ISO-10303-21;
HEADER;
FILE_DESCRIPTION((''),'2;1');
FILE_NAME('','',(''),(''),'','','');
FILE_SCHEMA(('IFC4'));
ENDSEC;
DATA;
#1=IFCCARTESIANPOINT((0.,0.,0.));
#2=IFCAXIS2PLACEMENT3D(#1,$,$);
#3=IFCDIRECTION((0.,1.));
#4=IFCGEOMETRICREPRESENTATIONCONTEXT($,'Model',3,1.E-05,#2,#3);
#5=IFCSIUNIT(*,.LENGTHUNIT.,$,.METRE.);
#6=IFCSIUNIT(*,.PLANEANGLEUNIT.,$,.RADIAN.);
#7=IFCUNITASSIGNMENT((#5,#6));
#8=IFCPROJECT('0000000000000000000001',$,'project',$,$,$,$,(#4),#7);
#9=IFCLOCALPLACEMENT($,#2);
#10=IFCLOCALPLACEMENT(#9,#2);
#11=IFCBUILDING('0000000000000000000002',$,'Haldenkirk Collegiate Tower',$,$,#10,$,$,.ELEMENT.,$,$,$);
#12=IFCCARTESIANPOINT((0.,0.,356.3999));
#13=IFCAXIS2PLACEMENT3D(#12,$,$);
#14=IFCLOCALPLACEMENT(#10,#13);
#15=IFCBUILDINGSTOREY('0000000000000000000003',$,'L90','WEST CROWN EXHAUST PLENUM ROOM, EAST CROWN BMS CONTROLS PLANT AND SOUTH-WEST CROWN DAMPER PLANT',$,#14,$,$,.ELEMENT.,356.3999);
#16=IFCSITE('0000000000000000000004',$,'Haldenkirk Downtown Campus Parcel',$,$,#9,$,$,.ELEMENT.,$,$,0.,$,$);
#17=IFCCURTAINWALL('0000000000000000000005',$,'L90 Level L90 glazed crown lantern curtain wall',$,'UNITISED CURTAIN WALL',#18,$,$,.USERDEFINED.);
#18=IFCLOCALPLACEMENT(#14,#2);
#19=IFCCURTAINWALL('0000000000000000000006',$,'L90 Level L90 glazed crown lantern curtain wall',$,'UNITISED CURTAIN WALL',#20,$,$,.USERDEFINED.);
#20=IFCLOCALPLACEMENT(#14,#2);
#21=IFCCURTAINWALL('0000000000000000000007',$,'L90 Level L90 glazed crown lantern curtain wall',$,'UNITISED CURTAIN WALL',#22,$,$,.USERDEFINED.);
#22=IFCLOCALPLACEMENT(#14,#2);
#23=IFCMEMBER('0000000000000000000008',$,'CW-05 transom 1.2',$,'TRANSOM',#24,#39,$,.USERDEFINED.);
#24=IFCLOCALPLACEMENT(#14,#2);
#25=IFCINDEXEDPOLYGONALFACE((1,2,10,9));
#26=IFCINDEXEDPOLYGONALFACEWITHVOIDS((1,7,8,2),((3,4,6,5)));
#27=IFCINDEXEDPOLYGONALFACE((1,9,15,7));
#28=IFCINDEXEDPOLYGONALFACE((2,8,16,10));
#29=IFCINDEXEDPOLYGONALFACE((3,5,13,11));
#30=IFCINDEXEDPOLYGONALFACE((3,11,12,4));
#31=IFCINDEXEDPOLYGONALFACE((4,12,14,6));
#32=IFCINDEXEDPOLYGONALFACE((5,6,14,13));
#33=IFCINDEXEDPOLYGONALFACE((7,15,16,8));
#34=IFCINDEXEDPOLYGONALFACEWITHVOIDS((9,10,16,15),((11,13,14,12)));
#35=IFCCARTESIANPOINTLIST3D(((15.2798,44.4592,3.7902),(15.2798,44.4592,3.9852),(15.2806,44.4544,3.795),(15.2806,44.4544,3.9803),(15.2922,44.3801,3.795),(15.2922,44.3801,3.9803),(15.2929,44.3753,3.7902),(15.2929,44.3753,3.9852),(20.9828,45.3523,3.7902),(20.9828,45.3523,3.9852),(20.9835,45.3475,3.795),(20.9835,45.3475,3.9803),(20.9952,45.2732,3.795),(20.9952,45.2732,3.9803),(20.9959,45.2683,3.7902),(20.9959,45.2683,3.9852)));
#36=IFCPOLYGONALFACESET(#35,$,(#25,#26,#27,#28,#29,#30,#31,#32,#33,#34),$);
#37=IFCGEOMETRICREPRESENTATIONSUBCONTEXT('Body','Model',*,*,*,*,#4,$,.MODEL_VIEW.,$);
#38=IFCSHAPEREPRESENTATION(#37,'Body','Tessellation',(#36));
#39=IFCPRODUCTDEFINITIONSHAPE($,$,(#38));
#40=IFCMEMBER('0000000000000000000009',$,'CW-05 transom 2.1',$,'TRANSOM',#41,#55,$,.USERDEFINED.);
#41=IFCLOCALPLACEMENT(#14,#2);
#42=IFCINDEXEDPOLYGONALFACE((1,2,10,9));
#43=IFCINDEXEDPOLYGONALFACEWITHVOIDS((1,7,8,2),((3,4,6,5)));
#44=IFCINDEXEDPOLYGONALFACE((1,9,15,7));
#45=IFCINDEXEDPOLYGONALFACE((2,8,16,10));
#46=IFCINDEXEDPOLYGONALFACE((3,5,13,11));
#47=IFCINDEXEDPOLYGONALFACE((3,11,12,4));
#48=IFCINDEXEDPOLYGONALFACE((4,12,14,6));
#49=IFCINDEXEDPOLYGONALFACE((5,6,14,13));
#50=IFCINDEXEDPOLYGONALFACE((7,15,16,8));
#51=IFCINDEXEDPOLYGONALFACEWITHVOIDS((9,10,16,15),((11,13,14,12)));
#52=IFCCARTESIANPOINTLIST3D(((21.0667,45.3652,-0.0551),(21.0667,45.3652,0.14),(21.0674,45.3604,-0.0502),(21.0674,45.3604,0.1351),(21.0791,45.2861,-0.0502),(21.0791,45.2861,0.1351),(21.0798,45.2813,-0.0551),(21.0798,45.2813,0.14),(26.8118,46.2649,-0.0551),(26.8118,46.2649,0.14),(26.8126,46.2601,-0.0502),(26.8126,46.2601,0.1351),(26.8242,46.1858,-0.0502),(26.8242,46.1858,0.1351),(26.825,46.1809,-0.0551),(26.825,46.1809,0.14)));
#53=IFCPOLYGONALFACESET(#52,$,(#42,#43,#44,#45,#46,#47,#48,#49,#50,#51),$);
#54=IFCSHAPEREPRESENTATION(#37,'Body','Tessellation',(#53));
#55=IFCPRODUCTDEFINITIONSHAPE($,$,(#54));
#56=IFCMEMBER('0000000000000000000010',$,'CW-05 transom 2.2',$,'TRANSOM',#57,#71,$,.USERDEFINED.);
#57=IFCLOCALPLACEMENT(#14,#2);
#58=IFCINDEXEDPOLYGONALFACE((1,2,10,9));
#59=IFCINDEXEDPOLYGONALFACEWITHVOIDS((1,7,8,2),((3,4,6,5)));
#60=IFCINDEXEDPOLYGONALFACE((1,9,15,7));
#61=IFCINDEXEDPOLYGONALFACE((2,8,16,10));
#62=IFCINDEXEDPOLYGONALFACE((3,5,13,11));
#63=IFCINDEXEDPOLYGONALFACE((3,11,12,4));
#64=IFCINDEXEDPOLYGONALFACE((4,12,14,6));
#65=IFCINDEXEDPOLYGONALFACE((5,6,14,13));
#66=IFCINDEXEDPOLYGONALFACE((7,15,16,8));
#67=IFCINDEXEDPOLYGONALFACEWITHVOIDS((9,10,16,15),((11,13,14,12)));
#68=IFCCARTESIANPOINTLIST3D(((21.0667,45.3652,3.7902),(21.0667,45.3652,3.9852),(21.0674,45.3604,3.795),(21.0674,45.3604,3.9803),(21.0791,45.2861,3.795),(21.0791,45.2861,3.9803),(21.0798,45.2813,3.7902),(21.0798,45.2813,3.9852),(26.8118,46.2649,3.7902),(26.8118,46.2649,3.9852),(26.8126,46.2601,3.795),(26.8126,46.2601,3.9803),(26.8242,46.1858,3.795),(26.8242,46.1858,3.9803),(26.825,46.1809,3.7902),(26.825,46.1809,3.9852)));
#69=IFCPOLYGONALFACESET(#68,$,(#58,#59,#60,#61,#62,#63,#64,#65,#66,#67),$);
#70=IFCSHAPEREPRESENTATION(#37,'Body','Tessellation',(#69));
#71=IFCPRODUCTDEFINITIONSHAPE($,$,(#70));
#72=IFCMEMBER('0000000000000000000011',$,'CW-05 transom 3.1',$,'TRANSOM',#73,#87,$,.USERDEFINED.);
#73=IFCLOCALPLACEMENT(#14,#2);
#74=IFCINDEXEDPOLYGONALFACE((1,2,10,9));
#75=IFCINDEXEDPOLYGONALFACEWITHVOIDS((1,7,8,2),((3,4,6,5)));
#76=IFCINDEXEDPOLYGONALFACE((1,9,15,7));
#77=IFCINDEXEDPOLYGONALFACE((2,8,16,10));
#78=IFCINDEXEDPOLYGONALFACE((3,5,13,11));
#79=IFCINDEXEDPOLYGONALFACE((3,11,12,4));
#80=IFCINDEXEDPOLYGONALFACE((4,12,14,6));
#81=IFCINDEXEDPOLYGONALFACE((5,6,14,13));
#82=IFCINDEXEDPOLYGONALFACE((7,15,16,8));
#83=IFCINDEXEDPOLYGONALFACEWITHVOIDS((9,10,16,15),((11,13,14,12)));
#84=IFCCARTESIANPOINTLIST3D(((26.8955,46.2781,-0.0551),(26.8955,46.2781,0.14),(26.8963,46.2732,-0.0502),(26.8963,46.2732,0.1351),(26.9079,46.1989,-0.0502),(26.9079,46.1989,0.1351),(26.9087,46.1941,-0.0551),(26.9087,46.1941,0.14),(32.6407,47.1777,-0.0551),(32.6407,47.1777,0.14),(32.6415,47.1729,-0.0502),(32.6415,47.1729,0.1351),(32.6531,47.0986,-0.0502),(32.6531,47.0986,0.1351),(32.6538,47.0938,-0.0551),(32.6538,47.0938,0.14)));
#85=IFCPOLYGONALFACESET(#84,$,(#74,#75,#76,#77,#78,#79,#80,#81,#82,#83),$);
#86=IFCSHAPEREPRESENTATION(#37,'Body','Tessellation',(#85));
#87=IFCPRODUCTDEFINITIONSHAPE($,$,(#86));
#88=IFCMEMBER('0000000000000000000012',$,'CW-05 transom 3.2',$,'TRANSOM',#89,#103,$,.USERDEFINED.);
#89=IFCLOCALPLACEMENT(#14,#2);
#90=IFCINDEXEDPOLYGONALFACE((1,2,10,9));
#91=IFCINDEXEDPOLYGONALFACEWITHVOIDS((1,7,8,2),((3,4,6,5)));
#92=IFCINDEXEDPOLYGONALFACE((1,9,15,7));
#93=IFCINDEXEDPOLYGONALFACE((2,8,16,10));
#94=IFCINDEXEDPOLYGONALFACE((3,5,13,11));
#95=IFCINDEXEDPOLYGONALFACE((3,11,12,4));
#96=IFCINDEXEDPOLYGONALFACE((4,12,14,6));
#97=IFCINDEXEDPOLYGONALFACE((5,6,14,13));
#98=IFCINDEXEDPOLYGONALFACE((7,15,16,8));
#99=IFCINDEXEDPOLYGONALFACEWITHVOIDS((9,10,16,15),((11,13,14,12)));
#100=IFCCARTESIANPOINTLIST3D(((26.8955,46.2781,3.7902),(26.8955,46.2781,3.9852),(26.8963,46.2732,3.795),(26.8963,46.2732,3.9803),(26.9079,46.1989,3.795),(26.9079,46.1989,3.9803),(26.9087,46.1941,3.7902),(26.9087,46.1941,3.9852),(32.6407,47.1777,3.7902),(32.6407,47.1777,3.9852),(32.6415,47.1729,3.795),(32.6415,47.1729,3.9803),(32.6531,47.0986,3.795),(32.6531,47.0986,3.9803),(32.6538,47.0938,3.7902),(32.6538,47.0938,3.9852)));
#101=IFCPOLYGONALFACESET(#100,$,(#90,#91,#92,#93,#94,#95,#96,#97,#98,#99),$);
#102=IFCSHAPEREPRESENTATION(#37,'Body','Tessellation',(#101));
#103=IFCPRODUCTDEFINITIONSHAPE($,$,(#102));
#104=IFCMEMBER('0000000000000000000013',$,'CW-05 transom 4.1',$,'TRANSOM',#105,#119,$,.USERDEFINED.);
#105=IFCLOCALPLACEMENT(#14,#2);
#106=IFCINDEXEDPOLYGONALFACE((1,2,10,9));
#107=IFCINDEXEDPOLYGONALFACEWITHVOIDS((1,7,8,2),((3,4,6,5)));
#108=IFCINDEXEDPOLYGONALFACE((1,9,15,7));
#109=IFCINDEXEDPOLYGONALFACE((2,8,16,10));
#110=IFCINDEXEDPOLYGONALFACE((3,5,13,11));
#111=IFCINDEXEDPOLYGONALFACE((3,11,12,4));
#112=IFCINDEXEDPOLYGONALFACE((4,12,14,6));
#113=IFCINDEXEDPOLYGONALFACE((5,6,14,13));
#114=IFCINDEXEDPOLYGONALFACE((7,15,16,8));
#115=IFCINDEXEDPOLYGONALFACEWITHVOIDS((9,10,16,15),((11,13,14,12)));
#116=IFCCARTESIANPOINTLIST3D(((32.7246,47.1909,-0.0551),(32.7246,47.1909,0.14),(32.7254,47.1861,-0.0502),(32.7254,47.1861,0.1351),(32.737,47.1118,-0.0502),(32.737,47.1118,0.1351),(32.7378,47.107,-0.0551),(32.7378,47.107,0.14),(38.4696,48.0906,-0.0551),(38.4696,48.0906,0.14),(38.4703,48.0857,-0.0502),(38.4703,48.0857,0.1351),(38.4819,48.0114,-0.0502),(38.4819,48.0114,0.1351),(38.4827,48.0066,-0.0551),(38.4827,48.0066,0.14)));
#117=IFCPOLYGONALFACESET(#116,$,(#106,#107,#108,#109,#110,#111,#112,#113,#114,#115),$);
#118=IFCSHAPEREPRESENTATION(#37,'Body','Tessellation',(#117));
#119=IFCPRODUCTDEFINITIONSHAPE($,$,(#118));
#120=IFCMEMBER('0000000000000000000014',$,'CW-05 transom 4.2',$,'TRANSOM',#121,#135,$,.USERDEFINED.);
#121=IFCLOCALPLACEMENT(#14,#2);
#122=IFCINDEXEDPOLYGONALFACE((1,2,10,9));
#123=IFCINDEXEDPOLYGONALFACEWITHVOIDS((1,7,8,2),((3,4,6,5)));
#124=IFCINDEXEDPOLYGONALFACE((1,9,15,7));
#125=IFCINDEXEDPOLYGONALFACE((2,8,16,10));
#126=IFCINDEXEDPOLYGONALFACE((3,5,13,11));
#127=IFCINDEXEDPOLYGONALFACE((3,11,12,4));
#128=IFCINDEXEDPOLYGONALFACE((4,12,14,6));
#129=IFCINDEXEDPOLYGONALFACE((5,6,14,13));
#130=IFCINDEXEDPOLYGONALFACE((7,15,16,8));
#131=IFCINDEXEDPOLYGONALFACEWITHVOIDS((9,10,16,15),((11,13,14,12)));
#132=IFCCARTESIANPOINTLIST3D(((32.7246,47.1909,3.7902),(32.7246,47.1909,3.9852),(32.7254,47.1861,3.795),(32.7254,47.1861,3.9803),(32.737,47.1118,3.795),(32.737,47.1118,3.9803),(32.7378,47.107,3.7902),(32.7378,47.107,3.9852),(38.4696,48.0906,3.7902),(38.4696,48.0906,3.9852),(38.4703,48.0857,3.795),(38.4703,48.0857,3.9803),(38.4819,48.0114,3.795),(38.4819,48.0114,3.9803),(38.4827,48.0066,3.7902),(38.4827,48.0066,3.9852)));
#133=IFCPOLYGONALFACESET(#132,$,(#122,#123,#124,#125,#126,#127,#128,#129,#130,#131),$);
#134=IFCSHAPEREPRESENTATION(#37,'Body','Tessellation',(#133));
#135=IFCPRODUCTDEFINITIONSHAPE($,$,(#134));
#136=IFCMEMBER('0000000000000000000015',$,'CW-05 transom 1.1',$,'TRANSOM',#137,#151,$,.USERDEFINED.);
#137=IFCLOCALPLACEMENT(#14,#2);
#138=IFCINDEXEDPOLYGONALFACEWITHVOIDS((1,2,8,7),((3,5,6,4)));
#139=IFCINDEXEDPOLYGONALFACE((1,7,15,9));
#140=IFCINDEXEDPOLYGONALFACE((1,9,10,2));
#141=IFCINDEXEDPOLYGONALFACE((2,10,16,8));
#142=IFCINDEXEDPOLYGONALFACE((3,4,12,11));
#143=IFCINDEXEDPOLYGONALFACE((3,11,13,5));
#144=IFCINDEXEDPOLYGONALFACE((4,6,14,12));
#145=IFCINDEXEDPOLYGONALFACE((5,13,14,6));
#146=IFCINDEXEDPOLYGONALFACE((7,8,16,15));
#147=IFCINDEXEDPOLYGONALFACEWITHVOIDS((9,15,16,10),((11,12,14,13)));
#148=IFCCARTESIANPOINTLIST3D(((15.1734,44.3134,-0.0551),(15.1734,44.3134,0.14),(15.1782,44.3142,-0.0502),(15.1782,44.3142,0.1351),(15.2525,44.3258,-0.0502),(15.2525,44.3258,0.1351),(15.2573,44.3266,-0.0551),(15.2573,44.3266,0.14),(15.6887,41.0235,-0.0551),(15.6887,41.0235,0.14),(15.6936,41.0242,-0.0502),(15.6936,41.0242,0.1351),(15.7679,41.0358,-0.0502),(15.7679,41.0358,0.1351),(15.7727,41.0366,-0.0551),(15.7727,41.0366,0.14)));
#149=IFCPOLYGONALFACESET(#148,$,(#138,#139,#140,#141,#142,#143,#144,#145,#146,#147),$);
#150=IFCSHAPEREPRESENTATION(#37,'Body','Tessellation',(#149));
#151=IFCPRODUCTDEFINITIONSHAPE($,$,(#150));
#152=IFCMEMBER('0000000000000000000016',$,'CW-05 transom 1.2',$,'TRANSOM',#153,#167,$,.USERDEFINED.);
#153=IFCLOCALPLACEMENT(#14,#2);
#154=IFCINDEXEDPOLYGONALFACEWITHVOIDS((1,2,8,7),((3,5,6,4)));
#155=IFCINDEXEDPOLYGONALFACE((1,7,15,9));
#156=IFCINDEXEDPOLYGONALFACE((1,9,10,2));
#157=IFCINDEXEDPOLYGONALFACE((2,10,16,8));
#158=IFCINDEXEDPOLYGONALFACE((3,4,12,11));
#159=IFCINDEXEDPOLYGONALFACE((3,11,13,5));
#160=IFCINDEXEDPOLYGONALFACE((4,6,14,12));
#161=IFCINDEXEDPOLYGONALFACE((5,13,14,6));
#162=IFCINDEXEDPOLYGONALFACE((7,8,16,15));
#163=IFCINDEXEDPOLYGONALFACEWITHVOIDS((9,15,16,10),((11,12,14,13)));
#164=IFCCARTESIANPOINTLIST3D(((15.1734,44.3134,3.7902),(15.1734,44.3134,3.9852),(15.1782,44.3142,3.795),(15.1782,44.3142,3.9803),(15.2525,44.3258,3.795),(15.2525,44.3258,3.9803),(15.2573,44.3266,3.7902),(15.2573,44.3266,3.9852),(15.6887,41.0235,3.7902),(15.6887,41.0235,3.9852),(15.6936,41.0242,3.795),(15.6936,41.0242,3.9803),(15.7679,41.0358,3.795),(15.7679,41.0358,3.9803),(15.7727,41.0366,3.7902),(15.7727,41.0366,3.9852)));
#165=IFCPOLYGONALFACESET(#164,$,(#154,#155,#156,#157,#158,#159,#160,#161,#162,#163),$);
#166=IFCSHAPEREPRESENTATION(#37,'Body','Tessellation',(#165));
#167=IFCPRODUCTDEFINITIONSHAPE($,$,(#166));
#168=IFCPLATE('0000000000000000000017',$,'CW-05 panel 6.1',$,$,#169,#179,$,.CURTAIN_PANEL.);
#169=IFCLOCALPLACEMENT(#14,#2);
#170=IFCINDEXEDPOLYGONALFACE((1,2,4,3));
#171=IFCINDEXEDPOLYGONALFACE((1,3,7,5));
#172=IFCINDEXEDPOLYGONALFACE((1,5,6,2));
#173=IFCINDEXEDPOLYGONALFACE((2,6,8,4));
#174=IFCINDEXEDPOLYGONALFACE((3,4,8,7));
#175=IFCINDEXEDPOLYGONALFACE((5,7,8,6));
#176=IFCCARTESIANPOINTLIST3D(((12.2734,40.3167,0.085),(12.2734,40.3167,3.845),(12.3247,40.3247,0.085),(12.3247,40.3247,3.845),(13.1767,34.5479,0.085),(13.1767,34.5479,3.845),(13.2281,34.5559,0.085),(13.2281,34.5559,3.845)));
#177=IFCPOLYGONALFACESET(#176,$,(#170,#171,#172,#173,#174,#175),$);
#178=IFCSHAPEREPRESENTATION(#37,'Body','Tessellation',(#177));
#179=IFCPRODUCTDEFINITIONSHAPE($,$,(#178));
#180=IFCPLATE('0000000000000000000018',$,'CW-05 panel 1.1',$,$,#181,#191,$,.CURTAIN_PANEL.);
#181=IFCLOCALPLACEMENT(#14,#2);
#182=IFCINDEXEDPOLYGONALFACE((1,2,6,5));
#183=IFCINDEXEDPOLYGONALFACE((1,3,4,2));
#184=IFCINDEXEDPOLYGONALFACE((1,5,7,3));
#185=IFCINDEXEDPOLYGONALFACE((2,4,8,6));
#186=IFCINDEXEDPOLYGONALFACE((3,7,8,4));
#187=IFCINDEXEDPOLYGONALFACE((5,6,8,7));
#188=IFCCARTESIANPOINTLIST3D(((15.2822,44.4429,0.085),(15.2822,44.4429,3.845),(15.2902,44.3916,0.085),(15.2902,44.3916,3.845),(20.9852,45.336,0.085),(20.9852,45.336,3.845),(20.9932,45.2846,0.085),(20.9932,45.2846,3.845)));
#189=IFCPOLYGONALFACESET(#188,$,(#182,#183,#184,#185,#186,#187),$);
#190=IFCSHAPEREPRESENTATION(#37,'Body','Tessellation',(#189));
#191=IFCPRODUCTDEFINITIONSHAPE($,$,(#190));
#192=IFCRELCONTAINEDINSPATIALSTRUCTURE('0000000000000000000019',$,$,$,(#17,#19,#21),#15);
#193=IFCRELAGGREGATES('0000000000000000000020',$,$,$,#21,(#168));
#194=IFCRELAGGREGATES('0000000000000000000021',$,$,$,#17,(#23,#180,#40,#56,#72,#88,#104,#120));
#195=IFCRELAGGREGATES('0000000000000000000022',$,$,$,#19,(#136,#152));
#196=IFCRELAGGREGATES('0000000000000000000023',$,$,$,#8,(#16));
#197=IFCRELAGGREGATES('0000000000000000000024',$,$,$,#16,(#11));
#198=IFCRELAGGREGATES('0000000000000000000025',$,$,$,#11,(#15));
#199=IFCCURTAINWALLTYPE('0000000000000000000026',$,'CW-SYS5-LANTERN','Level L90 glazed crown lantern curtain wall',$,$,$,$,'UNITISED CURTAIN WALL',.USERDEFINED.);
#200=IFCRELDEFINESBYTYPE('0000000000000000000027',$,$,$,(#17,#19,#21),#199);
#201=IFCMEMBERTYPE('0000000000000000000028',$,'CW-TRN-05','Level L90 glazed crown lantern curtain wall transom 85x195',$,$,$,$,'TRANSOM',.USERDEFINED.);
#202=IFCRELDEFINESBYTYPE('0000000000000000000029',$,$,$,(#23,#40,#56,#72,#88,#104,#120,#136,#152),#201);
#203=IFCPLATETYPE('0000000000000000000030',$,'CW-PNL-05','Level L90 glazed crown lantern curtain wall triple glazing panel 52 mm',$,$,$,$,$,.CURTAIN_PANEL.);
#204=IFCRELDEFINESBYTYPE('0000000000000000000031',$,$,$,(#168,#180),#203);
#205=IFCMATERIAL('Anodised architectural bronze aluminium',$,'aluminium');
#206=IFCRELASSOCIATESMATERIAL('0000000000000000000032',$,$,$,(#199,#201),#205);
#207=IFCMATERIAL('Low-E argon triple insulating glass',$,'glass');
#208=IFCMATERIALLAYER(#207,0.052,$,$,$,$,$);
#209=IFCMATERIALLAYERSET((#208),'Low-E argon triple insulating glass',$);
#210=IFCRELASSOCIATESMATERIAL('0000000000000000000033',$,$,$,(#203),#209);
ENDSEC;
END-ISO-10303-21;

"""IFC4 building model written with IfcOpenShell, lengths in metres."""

from ifc_helpers import new_model, si_unit, direction, frame, origin, origin_2d, place, context, subcontext, project, spatial, rectangle, hollow_rectangle, extrude, source, transform, mapped, material, layer, layer_set, material_profile, profile_set, type_object, element, aggregate, save


model = new_model("IFC4")

# Units and contexts
model_context = context("Model", 3, precision=1e-05, world=origin(), true_north=direction((0.0, 1.0)))
body_context = subcontext(model_context, "Body", "Model", "MODEL_VIEW")
ifc_project = project(units=[si_unit("LENGTHUNIT", "METRE"), si_unit("PLANEANGLEUNIT", "RADIAN")], contexts=[model_context])

# Site, building, storey
site_placement = place(None, origin())
site = spatial("IfcSite", under=ifc_project, at=site_placement, Name="Haldenkirk Downtown Campus Parcel", CompositionType="ELEMENT", RefElevation=0.0)
building_placement = place(site_placement, origin())
building = spatial("IfcBuilding", under=site, at=building_placement, Name="Haldenkirk Collegiate Tower", CompositionType="ELEMENT")
storey_placement = place(building_placement, frame((0.0, 0.0, 356.3999)))
storey = spatial("IfcBuildingStorey", under=building, at=storey_placement, Name="L90", Description="WEST CROWN EXHAUST PLENUM ROOM, EAST CROWN BMS CONTROLS PLANT AND SOUTH-WEST CROWN DAMPER PLANT", CompositionType="ELEMENT", Elevation=356.3999)

# Curtain walls
ifc_material_1 = material(Name="Anodised architectural bronze aluminium", Category="aluminium")
curtain_wall_type = type_object("IfcCurtainWallType", Name="CW-SYS5-LANTERN", Description="Level L90 glazed crown lantern curtain wall", ElementType="UNITISED CURTAIN WALL", PredefinedType="USERDEFINED", material=ifc_material_1)
curtain_wall_1_placement = place(storey_placement, origin())
curtain_wall_1 = element("IfcCurtainWall", 1, at=curtain_wall_1_placement, inside=storey, type_object=curtain_wall_type, Name="L90 Level L90 glazed crown lantern curtain wall", ObjectType="UNITISED CURTAIN WALL", PredefinedType="USERDEFINED")
curtain_wall_2_placement = place(storey_placement, origin())
curtain_wall_2 = element("IfcCurtainWall", 2, at=curtain_wall_2_placement, inside=storey, type_object=curtain_wall_type, Name="L90 Level L90 glazed crown lantern curtain wall", ObjectType="UNITISED CURTAIN WALL", PredefinedType="USERDEFINED")

# Curtain wall
curtain_wall_3_placement = place(storey_placement, origin())
curtain_wall_3 = element("IfcCurtainWall", 3, at=curtain_wall_3_placement, inside=storey, type_object=curtain_wall_type, Name="L90 Level L90 glazed crown lantern curtain wall", ObjectType="UNITISED CURTAIN WALL", PredefinedType="USERDEFINED")

# Members
ifc_material_profile_1 = material_profile(ifc_material_1, hollow_rectangle(XDim=0.085, YDim=0.1951, WallThickness=0.0049, at=origin_2d()), Name="CW-TRN-05")
ifc_profile_set_1 = profile_set([ifc_material_profile_1], Name="Anodised architectural bronze aluminium")
member_type_1 = type_object("IfcMemberType", Name="CW-TRN-05", Description="Level L90 glazed crown lantern curtain wall transom 85x195", ElementType="TRANSOM", PredefinedType="USERDEFINED", material=ifc_profile_set_1)
member_1_placement = place(storey_placement, frame((15.2864, 44.4172, 3.8877), z_axis=(0.987959, 0.154714, 0.0), x_axis=(-0.154714, 0.987959, 0.0)))
member_1 = element("IfcMember", 4, at=member_1_placement, type_object=member_type_1, Name="CW-05 transom 1.2", ObjectType="TRANSOM", PredefinedType="USERDEFINED", context=body_context, shape_type="SweptSolid", body=[
    extrude(hollow_rectangle(XDim=0.085, YDim=0.1951, WallThickness=0.0049, at=origin_2d()), origin(), (0.0, 0.0, 1.0), 5.7725),
])
member_2_placement = place(storey_placement, frame((21.0732, 45.3232, 0.0425), z_axis=(0.98796, 0.15471, 0.0), x_axis=(-0.15471, 0.98796, 0.0)))
member_2 = element("IfcMember", 5, at=member_2_placement, type_object=member_type_1, Name="CW-05 transom 2.1", ObjectType="TRANSOM", PredefinedType="USERDEFINED", context=body_context, shape_type="SweptSolid", body=[
    extrude(hollow_rectangle(XDim=0.085, YDim=0.1951, WallThickness=0.0049, at=origin_2d()), origin(), (0.0, 0.0, 1.0), 5.8152),
])
member_3_placement = place(storey_placement, frame((21.0732, 45.3232, 3.8877), z_axis=(0.98796, 0.15471, 0.0), x_axis=(-0.15471, 0.98796, 0.0)))
member_3 = element("IfcMember", 6, at=member_3_placement, type_object=member_type_1, Name="CW-05 transom 2.2", ObjectType="TRANSOM", PredefinedType="USERDEFINED", context=body_context, shape_type="SweptSolid", body=[
    extrude(hollow_rectangle(XDim=0.085, YDim=0.1951, WallThickness=0.0049, at=origin_2d()), origin(), (0.0, 0.0, 1.0), 5.8152),
])
member_4_placement = place(storey_placement, frame((26.9021, 46.2361, 0.0425), z_axis=(0.98796, 0.15471, 0.0), x_axis=(-0.15471, 0.98796, 0.0)))
member_4 = element("IfcMember", 7, at=member_4_placement, type_object=member_type_1, Name="CW-05 transom 3.1", ObjectType="TRANSOM", PredefinedType="USERDEFINED", context=body_context, shape_type="SweptSolid", body=[
    extrude(hollow_rectangle(XDim=0.085, YDim=0.1951, WallThickness=0.0049, at=origin_2d()), origin(), (0.0, 0.0, 1.0), 5.8152),
])
member_5_placement = place(storey_placement, frame((26.9021, 46.2361, 3.8877), z_axis=(0.98796, 0.15471, 0.0), x_axis=(-0.15471, 0.98796, 0.0)))
member_5 = element("IfcMember", 8, at=member_5_placement, type_object=member_type_1, Name="CW-05 transom 3.2", ObjectType="TRANSOM", PredefinedType="USERDEFINED", context=body_context, shape_type="SweptSolid", body=[
    extrude(hollow_rectangle(XDim=0.085, YDim=0.1951, WallThickness=0.0049, at=origin_2d()), origin(), (0.0, 0.0, 1.0), 5.8152),
])
member_6_placement = place(storey_placement, frame((32.7312, 47.1489, 0.0425), z_axis=(0.987959, 0.154716, 0.0), x_axis=(-0.154716, 0.987959, 0.0)))
member_6 = element("IfcMember", 9, at=member_6_placement, type_object=member_type_1, Name="CW-05 transom 4.1", ObjectType="TRANSOM", PredefinedType="USERDEFINED", context=body_context, shape_type="SweptSolid", body=[
    extrude(hollow_rectangle(XDim=0.085, YDim=0.1951, WallThickness=0.0049, at=origin_2d()), origin(), (0.0, 0.0, 1.0), 5.8149),
])
member_7_placement = place(storey_placement, frame((32.7312, 47.1489, 3.8877), z_axis=(0.987959, 0.154716, 0.0), x_axis=(-0.154716, 0.987959, 0.0)))
member_7 = element("IfcMember", 10, at=member_7_placement, type_object=member_type_1, Name="CW-05 transom 4.2", ObjectType="TRANSOM", PredefinedType="USERDEFINED", context=body_context, shape_type="SweptSolid", body=[
    extrude(hollow_rectangle(XDim=0.085, YDim=0.1951, WallThickness=0.0049, at=origin_2d()), origin(), (0.0, 0.0, 1.0), 5.8149),
])
member_8_placement = place(storey_placement, frame((15.7307, 41.03, 0.0425), z_axis=(-0.154762, 0.987952, 0.0), x_axis=(-0.987952, -0.154762, 0.0)))
member_8 = element("IfcMember", 11, at=member_8_placement, type_object=member_type_1, Name="CW-05 transom 1.1", ObjectType="TRANSOM", PredefinedType="USERDEFINED", context=body_context, shape_type="SweptSolid", body=[
    extrude(hollow_rectangle(XDim=0.085, YDim=0.1951, WallThickness=0.0049, at=origin_2d()), origin(), (0.0, 0.0, 1.0), 3.3301),
])
member_9_placement = place(storey_placement, frame((15.7307, 41.03, 3.8877), z_axis=(-0.154762, 0.987952, 0.0), x_axis=(-0.987952, -0.154762, 0.0)))
member_9 = element("IfcMember", 12, at=member_9_placement, type_object=member_type_1, Name="CW-05 transom 1.2", ObjectType="TRANSOM", PredefinedType="USERDEFINED", context=body_context, shape_type="SweptSolid", body=[
    extrude(hollow_rectangle(XDim=0.085, YDim=0.1951, WallThickness=0.0049, at=origin_2d()), origin(), (0.0, 0.0, 1.0), 3.3301),
])

# Plates
ifc_material_2 = material(Name="Low-E argon triple insulating glass", Category="glass")
ifc_layer_1 = layer(ifc_material_2, 0.052)
ifc_layer_set_1 = layer_set([ifc_layer_1], Name="Low-E argon triple insulating glass")
plate_type = type_object("IfcPlateType", Name="CW-PNL-05", Description="Level L90 glazed crown lantern curtain wall triple glazing panel 52 mm", PredefinedType="CURTAIN_PANEL", material=ifc_layer_set_1)
shared_shape_1 = source(origin(), body_context, "Body", "SweptSolid", [
    extrude(rectangle(XDim=5.8391, YDim=0.052, at=origin_2d()), origin(), (0.0, 0.0, 1.0), 3.76),
])
plate_1_placement = place(storey_placement, frame((12.7507, 37.4363, 0.085), z_axis=(0.0, 0.0, 1.0), x_axis=(-0.154713, 0.98796, 0.0)))
plate_1 = element("IfcPlate", 13, at=plate_1_placement, type_object=plate_type, Name="CW-05 panel 6.1", PredefinedType="CURTAIN_PANEL", context=body_context, shape_type="MappedRepresentation", body=[
    mapped(shared_shape_1, transform((0.0, 0.0, 0.0), x_axis=(1.0, 0.0, 0.0), y_axis=(0.0, 1.0, 0.0), z_axis=(0.0, 0.0, 1.0), scale=1.0)),
])
aggregate(curtain_wall_3, [plate_1])
shared_shape_2 = source(origin(), body_context, "Body", "SweptSolid", [
    extrude(rectangle(XDim=5.7725, YDim=0.052, at=origin_2d()), origin(), (0.0, 0.0, 1.0), 3.76),
])
plate_2_placement = place(storey_placement, frame((18.1377, 44.8638, 0.085), z_axis=(0.0, 0.0, 1.0), x_axis=(0.98796, 0.154709, 0.0)))
plate_2 = element("IfcPlate", 14, at=plate_2_placement, type_object=plate_type, Name="CW-05 panel 1.1", PredefinedType="CURTAIN_PANEL", context=body_context, shape_type="MappedRepresentation", body=[
    mapped(shared_shape_2, transform((0.0, 0.0, 0.0), x_axis=(1.0, 0.0, 0.0), y_axis=(0.0, 1.0, 0.0), z_axis=(0.0, 0.0, 1.0), scale=1.0)),
])
aggregate(curtain_wall_1, [member_1, plate_2, member_2, member_3, member_4, member_5, member_6, member_7])
aggregate(curtain_wall_2, [member_8, member_9])

save(model, "model.ifc")
